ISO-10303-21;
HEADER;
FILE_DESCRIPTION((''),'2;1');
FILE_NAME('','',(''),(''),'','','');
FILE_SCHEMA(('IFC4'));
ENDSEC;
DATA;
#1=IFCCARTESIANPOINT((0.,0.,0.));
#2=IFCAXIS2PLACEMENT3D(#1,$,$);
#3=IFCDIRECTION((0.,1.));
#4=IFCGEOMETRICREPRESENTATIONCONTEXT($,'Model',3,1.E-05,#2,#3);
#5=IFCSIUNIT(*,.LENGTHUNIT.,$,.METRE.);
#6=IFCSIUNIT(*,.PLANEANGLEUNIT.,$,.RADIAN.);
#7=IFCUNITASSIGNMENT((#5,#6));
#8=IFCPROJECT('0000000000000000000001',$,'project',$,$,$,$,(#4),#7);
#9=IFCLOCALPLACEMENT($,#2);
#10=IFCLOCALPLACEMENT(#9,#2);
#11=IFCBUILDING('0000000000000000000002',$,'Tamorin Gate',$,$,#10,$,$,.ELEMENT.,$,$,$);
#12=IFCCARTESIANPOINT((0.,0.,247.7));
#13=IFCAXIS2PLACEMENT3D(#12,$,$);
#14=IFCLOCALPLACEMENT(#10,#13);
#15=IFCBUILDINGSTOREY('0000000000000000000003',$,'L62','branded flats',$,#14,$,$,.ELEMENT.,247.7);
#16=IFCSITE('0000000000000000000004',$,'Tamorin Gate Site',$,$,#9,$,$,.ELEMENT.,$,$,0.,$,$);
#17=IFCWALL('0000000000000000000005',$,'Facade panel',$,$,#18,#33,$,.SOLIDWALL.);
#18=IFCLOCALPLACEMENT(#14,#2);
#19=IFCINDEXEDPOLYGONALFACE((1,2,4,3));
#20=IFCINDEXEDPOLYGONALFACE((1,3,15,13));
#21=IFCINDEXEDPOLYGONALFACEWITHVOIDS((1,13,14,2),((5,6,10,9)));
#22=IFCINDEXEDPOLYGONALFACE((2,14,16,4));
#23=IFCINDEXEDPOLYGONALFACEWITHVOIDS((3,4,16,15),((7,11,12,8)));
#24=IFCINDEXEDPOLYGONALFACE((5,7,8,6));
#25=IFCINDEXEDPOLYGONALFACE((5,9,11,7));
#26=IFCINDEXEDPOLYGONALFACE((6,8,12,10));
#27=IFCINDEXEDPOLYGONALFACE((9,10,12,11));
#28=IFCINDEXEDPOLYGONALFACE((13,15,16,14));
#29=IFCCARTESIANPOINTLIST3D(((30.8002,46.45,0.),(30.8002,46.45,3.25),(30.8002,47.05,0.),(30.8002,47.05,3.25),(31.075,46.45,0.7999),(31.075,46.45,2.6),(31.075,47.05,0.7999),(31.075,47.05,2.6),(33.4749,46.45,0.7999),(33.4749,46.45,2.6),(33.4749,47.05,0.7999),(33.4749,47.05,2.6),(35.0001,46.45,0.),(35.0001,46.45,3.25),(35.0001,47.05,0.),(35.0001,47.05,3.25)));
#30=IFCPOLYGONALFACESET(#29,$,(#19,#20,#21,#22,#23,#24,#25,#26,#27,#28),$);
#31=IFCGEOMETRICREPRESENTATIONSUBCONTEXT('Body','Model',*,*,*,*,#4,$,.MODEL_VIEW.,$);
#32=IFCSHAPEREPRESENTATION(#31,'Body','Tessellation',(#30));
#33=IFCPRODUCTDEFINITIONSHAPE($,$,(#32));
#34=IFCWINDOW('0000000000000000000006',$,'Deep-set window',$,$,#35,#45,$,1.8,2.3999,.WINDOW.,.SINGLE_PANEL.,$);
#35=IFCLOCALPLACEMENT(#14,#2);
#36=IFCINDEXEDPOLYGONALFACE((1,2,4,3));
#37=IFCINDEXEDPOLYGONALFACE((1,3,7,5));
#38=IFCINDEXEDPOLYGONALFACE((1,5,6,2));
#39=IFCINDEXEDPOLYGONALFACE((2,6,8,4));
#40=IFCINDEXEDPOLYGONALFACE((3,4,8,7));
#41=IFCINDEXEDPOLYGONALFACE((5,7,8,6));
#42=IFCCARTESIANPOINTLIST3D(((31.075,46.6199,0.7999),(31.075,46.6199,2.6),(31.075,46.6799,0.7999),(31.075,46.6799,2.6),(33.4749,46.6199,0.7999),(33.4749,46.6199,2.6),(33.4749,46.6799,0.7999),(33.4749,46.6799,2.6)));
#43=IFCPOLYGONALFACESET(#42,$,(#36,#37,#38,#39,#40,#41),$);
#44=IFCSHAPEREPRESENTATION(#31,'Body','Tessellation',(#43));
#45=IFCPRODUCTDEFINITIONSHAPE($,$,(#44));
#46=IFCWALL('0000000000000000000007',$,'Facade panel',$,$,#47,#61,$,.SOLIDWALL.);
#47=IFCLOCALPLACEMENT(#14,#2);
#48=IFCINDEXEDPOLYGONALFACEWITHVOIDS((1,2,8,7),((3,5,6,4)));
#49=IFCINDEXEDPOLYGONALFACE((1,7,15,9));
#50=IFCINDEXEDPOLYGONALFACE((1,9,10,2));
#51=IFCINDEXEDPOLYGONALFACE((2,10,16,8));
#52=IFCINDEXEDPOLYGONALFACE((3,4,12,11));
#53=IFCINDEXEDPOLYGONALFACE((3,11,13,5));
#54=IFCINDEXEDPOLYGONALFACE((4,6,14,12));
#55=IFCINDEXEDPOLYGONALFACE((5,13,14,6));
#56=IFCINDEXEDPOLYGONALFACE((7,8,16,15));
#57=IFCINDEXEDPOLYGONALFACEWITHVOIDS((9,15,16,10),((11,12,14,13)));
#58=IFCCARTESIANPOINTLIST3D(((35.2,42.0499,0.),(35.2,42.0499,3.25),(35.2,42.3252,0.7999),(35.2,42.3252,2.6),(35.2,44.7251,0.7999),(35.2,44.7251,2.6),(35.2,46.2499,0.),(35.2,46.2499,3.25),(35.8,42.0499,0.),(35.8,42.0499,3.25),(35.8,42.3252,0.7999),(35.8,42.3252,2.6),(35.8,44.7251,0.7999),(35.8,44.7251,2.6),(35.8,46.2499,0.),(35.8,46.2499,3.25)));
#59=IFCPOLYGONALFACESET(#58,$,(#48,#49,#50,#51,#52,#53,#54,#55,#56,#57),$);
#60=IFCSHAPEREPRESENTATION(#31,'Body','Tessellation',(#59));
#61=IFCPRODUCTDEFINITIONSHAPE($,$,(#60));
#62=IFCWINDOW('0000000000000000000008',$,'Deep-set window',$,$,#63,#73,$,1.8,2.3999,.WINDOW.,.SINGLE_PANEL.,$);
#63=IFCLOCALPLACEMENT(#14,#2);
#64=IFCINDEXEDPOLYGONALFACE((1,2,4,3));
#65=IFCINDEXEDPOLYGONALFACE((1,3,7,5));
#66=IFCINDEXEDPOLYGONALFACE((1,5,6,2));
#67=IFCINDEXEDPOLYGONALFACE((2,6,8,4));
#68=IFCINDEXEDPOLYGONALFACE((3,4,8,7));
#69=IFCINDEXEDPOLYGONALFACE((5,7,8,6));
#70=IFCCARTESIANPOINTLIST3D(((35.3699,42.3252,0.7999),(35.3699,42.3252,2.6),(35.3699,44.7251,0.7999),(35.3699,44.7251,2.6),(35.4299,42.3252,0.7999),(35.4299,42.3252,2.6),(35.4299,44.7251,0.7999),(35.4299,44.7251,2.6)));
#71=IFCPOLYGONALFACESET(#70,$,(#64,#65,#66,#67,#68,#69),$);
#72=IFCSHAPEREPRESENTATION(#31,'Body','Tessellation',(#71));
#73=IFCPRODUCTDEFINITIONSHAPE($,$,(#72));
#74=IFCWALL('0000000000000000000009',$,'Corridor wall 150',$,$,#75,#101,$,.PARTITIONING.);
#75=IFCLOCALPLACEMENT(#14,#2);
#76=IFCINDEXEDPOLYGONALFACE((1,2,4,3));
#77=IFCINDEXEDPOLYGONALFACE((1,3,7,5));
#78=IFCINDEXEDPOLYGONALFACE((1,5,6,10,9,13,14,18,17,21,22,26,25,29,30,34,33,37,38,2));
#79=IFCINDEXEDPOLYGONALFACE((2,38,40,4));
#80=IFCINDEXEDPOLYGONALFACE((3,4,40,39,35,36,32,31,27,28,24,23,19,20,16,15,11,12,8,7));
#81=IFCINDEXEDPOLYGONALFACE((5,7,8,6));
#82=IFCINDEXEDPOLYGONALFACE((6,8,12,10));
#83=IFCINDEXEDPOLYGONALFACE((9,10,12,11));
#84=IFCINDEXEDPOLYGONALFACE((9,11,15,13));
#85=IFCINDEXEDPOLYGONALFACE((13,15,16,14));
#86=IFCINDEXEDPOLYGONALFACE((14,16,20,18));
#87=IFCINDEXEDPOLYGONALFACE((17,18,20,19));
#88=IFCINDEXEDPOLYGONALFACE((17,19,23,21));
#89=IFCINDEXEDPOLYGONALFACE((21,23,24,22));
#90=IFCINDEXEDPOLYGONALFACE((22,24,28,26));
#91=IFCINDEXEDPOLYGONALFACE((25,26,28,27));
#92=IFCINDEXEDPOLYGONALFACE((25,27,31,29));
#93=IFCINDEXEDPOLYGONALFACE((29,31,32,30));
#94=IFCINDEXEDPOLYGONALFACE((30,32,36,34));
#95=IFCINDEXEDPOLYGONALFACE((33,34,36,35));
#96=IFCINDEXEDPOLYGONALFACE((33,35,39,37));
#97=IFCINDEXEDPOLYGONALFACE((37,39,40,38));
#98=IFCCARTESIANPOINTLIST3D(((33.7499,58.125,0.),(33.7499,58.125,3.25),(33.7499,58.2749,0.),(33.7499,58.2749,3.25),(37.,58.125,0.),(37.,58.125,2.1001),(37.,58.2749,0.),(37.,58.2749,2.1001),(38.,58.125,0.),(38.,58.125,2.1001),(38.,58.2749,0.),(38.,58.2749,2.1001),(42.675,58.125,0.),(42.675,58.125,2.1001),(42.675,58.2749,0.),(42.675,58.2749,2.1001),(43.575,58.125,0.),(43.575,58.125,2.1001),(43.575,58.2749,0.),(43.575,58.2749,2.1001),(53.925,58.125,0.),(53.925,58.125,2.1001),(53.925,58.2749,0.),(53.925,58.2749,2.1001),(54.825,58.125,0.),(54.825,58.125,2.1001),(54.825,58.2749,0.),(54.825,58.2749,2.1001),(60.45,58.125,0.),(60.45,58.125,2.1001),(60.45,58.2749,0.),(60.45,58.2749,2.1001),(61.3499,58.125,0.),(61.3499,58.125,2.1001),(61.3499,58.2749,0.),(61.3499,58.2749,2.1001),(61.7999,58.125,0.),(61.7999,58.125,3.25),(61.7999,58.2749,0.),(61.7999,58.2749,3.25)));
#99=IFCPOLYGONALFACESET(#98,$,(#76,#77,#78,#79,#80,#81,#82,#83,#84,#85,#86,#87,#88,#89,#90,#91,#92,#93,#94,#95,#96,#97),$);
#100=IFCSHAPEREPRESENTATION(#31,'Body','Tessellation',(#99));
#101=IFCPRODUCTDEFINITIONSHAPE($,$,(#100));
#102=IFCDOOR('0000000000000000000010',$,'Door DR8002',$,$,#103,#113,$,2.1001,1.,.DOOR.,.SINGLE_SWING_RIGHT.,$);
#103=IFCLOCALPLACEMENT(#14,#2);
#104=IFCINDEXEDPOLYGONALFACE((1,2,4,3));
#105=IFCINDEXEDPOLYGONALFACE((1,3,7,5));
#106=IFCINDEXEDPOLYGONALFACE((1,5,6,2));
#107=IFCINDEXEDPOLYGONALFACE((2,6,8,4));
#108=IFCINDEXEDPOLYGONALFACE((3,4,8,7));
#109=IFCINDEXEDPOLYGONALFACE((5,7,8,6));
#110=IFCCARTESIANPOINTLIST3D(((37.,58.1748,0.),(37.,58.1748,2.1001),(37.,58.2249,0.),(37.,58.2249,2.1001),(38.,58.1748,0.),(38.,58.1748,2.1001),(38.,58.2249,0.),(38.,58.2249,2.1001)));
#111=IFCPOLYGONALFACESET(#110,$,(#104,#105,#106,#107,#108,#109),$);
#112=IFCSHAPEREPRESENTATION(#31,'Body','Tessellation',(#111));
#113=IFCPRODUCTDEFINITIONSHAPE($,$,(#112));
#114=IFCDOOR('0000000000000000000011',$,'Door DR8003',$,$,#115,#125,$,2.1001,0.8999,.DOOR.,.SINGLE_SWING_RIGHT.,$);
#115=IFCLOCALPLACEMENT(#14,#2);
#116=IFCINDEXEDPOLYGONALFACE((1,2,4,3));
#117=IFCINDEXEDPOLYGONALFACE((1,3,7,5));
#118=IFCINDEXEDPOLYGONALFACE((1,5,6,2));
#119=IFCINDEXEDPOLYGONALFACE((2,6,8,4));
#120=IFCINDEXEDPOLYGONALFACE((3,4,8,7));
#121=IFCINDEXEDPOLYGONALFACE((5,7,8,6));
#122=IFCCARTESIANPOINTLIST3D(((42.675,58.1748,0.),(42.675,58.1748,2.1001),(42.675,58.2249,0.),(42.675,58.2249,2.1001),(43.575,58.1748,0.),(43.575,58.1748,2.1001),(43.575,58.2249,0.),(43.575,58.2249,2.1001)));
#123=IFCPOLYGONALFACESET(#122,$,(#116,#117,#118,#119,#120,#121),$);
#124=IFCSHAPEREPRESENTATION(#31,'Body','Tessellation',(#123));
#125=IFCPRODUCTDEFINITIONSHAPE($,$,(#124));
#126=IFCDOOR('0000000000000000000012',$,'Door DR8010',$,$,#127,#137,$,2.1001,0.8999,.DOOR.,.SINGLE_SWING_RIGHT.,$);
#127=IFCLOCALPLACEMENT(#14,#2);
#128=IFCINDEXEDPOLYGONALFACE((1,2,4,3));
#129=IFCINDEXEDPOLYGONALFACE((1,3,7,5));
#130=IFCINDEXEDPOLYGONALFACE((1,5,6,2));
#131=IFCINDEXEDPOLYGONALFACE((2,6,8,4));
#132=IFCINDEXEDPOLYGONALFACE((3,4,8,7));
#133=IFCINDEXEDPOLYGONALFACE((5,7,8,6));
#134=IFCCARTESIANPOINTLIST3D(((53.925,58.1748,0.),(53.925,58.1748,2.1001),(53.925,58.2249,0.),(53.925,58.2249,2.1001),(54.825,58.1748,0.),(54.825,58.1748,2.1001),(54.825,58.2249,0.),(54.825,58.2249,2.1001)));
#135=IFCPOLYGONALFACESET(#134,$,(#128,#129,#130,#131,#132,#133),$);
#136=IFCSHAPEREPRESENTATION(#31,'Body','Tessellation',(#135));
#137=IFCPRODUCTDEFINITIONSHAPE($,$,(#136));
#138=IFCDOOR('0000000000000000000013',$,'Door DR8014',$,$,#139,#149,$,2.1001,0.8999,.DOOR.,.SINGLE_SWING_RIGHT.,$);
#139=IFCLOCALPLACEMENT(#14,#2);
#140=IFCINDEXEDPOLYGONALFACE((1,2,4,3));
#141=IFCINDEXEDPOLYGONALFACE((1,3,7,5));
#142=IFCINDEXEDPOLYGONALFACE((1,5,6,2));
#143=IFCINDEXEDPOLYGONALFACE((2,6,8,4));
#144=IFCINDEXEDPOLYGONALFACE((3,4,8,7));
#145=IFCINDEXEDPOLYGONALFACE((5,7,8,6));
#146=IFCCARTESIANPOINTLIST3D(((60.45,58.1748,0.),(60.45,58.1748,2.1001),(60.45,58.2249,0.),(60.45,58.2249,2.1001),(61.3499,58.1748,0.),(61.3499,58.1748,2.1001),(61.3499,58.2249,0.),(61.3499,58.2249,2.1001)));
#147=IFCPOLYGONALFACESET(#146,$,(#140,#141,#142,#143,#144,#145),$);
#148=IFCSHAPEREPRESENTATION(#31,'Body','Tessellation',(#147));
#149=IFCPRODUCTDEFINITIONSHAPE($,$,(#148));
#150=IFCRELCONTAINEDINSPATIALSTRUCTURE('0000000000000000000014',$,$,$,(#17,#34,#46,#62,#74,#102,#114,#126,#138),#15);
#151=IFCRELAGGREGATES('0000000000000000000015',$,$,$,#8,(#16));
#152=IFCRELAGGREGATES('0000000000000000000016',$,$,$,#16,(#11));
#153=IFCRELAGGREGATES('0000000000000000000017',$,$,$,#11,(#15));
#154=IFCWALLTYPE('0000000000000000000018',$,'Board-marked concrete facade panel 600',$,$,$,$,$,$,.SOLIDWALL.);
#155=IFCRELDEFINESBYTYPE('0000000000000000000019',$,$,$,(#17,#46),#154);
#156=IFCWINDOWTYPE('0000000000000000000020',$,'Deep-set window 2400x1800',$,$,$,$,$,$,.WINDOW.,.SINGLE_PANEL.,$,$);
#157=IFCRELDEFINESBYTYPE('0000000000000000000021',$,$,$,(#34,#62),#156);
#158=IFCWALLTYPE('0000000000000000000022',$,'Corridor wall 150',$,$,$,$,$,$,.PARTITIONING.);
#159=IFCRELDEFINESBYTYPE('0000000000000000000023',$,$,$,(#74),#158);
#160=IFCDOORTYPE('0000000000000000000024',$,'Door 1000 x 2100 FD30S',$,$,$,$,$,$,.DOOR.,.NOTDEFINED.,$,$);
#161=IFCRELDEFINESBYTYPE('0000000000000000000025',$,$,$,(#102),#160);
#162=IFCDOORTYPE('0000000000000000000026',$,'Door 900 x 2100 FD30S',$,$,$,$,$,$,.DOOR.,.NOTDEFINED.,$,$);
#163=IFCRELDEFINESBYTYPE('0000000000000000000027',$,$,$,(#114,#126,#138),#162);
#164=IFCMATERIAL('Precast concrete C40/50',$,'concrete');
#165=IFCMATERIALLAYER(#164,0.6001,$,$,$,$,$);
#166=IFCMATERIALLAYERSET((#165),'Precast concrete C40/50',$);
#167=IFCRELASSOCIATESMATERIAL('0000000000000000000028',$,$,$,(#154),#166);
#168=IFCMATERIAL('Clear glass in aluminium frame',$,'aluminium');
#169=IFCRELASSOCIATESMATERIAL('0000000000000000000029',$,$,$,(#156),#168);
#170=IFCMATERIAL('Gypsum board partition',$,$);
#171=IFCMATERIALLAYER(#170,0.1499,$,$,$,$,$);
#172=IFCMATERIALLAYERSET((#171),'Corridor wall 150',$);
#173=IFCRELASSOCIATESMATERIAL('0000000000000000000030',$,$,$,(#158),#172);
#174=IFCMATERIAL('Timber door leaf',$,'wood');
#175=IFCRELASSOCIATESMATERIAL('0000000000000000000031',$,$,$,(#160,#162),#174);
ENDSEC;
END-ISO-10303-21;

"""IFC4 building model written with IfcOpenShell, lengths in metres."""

from ifc_helpers import new_model, si_unit, direction, frame, frame_2d, origin, place, context, subcontext, project, spatial, rectangle, extrude, material, layer, layer_set, type_object, element, fill, save


model = new_model("IFC4")

# Units and contexts
model_context = context("Model", 3, precision=1e-05, world=origin(), true_north=direction((0.0, 1.0)))
body_context = subcontext(model_context, "Body", "Model", "MODEL_VIEW")
ifc_project = project(units=[si_unit("LENGTHUNIT", "METRE"), si_unit("PLANEANGLEUNIT", "RADIAN")], contexts=[model_context])

# Site, building, storey
site_placement = place(None, origin())
site = spatial("IfcSite", under=ifc_project, at=site_placement, Name="Tamorin Gate Site", CompositionType="ELEMENT", RefElevation=0.0)
building_placement = place(site_placement, origin())
building = spatial("IfcBuilding", under=site, at=building_placement, Name="Tamorin Gate", CompositionType="ELEMENT")
storey_placement = place(building_placement, frame((0.0, 0.0, 247.7)))
storey = spatial("IfcBuildingStorey", under=building, at=storey_placement, Name="L62", Description="branded flats", CompositionType="ELEMENT", Elevation=247.7)

# Shared definitions
ifc_material_1 = material(Name="Precast concrete C40/50", Category="concrete")
ifc_layer_1 = layer(ifc_material_1, 0.6001)
ifc_layer_set_1 = layer_set([ifc_layer_1], Name="Precast concrete C40/50")
wall_type_1 = type_object("IfcWallType", Name="Board-marked concrete facade panel 600", PredefinedType="SOLIDWALL", material=ifc_layer_set_1)
ifc_material_2 = material(Name="Clear glass in aluminium frame", Category="aluminium")
window_type = type_object("IfcWindowType", Name="Deep-set window 2400x1800", PartitioningType="SINGLE_PANEL", PredefinedType="WINDOW", material=ifc_material_2)

# Walls, openings, windows
wall_1_placement = place(storey_placement, frame((30.8, 46.75, 0.0), z_axis=(0.0, 0.0, 1.0), x_axis=(1.0, 0.0, 0.0)))
wall_1 = element("IfcWall", 1, at=wall_1_placement, inside=storey, type_object=wall_type_1, Name="Facade panel", PredefinedType="SOLIDWALL", context=body_context, shape_type="SweptSolid", body=[
    extrude(rectangle(XDim=4.2, YDim=0.6001, at=frame_2d((2.1001, 0.0))), origin(), (0.0, 0.0, 1.0), 3.25),
])
opening_1_placement = place(wall_1_placement, frame((0.2749, 0.0, 0.8)))
opening_1 = element("IfcOpeningElement", 2, at=opening_1_placement, cuts=wall_1, PredefinedType="OPENING", context=body_context, shape_type="SweptSolid", body=[
    extrude(rectangle(XDim=2.3999, YDim=1.8, at=frame_2d((1.2, 0.8999))), frame((0.0, 0.3101, 0.0), z_axis=(0.0, -1.0, 0.0), x_axis=(1.0, 0.0, 0.0)), (0.0, 0.0, 1.0), 0.6201),
])
window_1_placement = place(opening_1_placement, origin())
window_1 = element("IfcWindow", 3, at=window_1_placement, inside=storey, type_object=window_type, Name="Deep-set window", OverallHeight=1.8, OverallWidth=2.3999, PartitioningType="SINGLE_PANEL", PredefinedType="WINDOW", context=body_context, shape_type="SweptSolid", body=[
    extrude(rectangle(XDim=2.3999, YDim=1.8, at=frame_2d((1.2, 0.8999))), frame((0.0, -0.0701, 0.0), z_axis=(0.0, -1.0, 0.0), x_axis=(1.0, 0.0, 0.0)), (0.0, 0.0, 1.0), 0.0601),
])
fill(opening_1, window_1)
wall_2_placement = place(storey_placement, frame((35.5, 46.25, 0.0), z_axis=(0.0, 0.0, 1.0), x_axis=(0.0, -1.0, 0.0)))
wall_2 = element("IfcWall", 4, at=wall_2_placement, inside=storey, type_object=wall_type_1, Name="Facade panel", PredefinedType="SOLIDWALL", context=body_context, shape_type="SweptSolid", body=[
    extrude(rectangle(XDim=4.2, YDim=0.6001, at=frame_2d((2.1001, 0.0))), origin(), (0.0, 0.0, 1.0), 3.25),
])
opening_2_placement = place(wall_2_placement, frame((1.5249, 0.0, 0.8)))
opening_2 = element("IfcOpeningElement", 5, at=opening_2_placement, cuts=wall_2, PredefinedType="OPENING", context=body_context, shape_type="SweptSolid", body=[
    extrude(rectangle(XDim=2.3999, YDim=1.8, at=frame_2d((1.2, 0.8999))), frame((0.0, 0.3101, 0.0), z_axis=(0.0, -1.0, 0.0), x_axis=(1.0, 0.0, 0.0)), (0.0, 0.0, 1.0), 0.6201),
])
window_2_placement = place(opening_2_placement, origin())
window_2 = element("IfcWindow", 6, at=window_2_placement, inside=storey, type_object=window_type, Name="Deep-set window", OverallHeight=1.8, OverallWidth=2.3999, PartitioningType="SINGLE_PANEL", PredefinedType="WINDOW", context=body_context, shape_type="SweptSolid", body=[
    extrude(rectangle(XDim=2.3999, YDim=1.8, at=frame_2d((1.2, 0.8999))), frame((0.0, -0.0701, 0.0), z_axis=(0.0, -1.0, 0.0), x_axis=(1.0, 0.0, 0.0)), (0.0, 0.0, 1.0), 0.0601),
])
fill(opening_2, window_2)

# Wall, openings, doors
ifc_material_3 = material(Name="Gypsum board partition")
ifc_layer_2 = layer(ifc_material_3, 0.1499)
ifc_layer_set_2 = layer_set([ifc_layer_2], Name="Corridor wall 150")
wall_type_2 = type_object("IfcWallType", Name="Corridor wall 150", PredefinedType="PARTITIONING", material=ifc_layer_set_2)
wall_3_placement = place(storey_placement, frame((33.75, 58.2, 0.0), z_axis=(0.0, 0.0, 1.0), x_axis=(1.0, 0.0, 0.0)))
wall_3 = element("IfcWall", 7, at=wall_3_placement, inside=storey, type_object=wall_type_2, Name="Corridor wall 150", PredefinedType="PARTITIONING", context=body_context, shape_type="SweptSolid", body=[
    extrude(rectangle(XDim=28.05, YDim=0.1499, at=frame_2d((14.0249, 0.0))), origin(), (0.0, 0.0, 1.0), 3.25),
])
opening_3_placement = place(wall_3_placement, frame((3.25, 0.0, 0.0)))
opening_3 = element("IfcOpeningElement", 8, at=opening_3_placement, cuts=wall_3, PredefinedType="OPENING", context=body_context, shape_type="SweptSolid", body=[
    extrude(rectangle(XDim=1.0, YDim=2.1001, at=frame_2d((0.5, 1.05))), frame((0.0, 0.085, 0.0), z_axis=(0.0, -1.0, 0.0), x_axis=(1.0, 0.0, 0.0)), (0.0, 0.0, 1.0), 0.1699),
])
opening_4_placement = place(wall_3_placement, frame((8.925, 0.0, 0.0)))
opening_4 = element("IfcOpeningElement", 9, at=opening_4_placement, cuts=wall_3, PredefinedType="OPENING", context=body_context, shape_type="SweptSolid", body=[
    extrude(rectangle(XDim=0.8999, YDim=2.1001, at=frame_2d((0.45, 1.05))), frame((0.0, 0.085, 0.0), z_axis=(0.0, -1.0, 0.0), x_axis=(1.0, 0.0, 0.0)), (0.0, 0.0, 1.0), 0.1699),
])
opening_5_placement = place(wall_3_placement, frame((20.175, 0.0, 0.0)))
opening_5 = element("IfcOpeningElement", 10, at=opening_5_placement, cuts=wall_3, PredefinedType="OPENING", context=body_context, shape_type="SweptSolid", body=[
    extrude(rectangle(XDim=0.8999, YDim=2.1001, at=frame_2d((0.45, 1.05))), frame((0.0, 0.085, 0.0), z_axis=(0.0, -1.0, 0.0), x_axis=(1.0, 0.0, 0.0)), (0.0, 0.0, 1.0), 0.1699),
])
opening_6_placement = place(wall_3_placement, frame((26.7, 0.0, 0.0)))
opening_6 = element("IfcOpeningElement", 11, at=opening_6_placement, cuts=wall_3, PredefinedType="OPENING", context=body_context, shape_type="SweptSolid", body=[
    extrude(rectangle(XDim=0.8999, YDim=2.1001, at=frame_2d((0.45, 1.05))), frame((0.0, 0.085, 0.0), z_axis=(0.0, -1.0, 0.0), x_axis=(1.0, 0.0, 0.0)), (0.0, 0.0, 1.0), 0.1699),
])
ifc_material_4 = material(Name="Timber door leaf", Category="wood")
door_type_1 = type_object("IfcDoorType", Name="Door 1000 x 2100 FD30S", OperationType="NOTDEFINED", PredefinedType="DOOR", material=ifc_material_4)
door_1_placement = place(opening_3_placement, origin())
door_1 = element("IfcDoor", 12, at=door_1_placement, inside=storey, type_object=door_type_1, Name="Door DR8002", OperationType="SINGLE_SWING_RIGHT", OverallHeight=2.1001, OverallWidth=1.0, PredefinedType="DOOR", context=body_context, shape_type="SweptSolid", body=[
    extrude(rectangle(XDim=1.0, YDim=2.1001, at=frame_2d((0.5, 1.05))), frame((0.0, 0.0249, 0.0), z_axis=(0.0, -1.0, 0.0), x_axis=(1.0, 0.0, 0.0)), (0.0, 0.0, 1.0), 0.05),
])
fill(opening_3, door_1)
door_type_2 = type_object("IfcDoorType", Name="Door 900 x 2100 FD30S", OperationType="NOTDEFINED", PredefinedType="DOOR", material=ifc_material_4)
door_2_placement = place(opening_4_placement, origin())
door_2 = element("IfcDoor", 13, at=door_2_placement, inside=storey, type_object=door_type_2, Name="Door DR8003", OperationType="SINGLE_SWING_RIGHT", OverallHeight=2.1001, OverallWidth=0.8999, PredefinedType="DOOR", context=body_context, shape_type="SweptSolid", body=[
    extrude(rectangle(XDim=0.8999, YDim=2.1001, at=frame_2d((0.45, 1.05))), frame((0.0, 0.0249, 0.0), z_axis=(0.0, -1.0, 0.0), x_axis=(1.0, 0.0, 0.0)), (0.0, 0.0, 1.0), 0.05),
])
fill(opening_4, door_2)
door_3_placement = place(opening_5_placement, origin())
door_3 = element("IfcDoor", 14, at=door_3_placement, inside=storey, type_object=door_type_2, Name="Door DR8010", OperationType="SINGLE_SWING_RIGHT", OverallHeight=2.1001, OverallWidth=0.8999, PredefinedType="DOOR", context=body_context, shape_type="SweptSolid", body=[
    extrude(rectangle(XDim=0.8999, YDim=2.1001, at=frame_2d((0.45, 1.05))), frame((0.0, 0.0249, 0.0), z_axis=(0.0, -1.0, 0.0), x_axis=(1.0, 0.0, 0.0)), (0.0, 0.0, 1.0), 0.05),
])
fill(opening_5, door_3)
door_4_placement = place(opening_6_placement, origin())
door_4 = element("IfcDoor", 15, at=door_4_placement, inside=storey, type_object=door_type_2, Name="Door DR8014", OperationType="SINGLE_SWING_RIGHT", OverallHeight=2.1001, OverallWidth=0.8999, PredefinedType="DOOR", context=body_context, shape_type="SweptSolid", body=[
    extrude(rectangle(XDim=0.8999, YDim=2.1001, at=frame_2d((0.45, 1.05))), frame((0.0, 0.0249, 0.0), z_axis=(0.0, -1.0, 0.0), x_axis=(1.0, 0.0, 0.0)), (0.0, 0.0, 1.0), 0.05),
])
fill(opening_6, door_4)

save(model, "model.ifc")
